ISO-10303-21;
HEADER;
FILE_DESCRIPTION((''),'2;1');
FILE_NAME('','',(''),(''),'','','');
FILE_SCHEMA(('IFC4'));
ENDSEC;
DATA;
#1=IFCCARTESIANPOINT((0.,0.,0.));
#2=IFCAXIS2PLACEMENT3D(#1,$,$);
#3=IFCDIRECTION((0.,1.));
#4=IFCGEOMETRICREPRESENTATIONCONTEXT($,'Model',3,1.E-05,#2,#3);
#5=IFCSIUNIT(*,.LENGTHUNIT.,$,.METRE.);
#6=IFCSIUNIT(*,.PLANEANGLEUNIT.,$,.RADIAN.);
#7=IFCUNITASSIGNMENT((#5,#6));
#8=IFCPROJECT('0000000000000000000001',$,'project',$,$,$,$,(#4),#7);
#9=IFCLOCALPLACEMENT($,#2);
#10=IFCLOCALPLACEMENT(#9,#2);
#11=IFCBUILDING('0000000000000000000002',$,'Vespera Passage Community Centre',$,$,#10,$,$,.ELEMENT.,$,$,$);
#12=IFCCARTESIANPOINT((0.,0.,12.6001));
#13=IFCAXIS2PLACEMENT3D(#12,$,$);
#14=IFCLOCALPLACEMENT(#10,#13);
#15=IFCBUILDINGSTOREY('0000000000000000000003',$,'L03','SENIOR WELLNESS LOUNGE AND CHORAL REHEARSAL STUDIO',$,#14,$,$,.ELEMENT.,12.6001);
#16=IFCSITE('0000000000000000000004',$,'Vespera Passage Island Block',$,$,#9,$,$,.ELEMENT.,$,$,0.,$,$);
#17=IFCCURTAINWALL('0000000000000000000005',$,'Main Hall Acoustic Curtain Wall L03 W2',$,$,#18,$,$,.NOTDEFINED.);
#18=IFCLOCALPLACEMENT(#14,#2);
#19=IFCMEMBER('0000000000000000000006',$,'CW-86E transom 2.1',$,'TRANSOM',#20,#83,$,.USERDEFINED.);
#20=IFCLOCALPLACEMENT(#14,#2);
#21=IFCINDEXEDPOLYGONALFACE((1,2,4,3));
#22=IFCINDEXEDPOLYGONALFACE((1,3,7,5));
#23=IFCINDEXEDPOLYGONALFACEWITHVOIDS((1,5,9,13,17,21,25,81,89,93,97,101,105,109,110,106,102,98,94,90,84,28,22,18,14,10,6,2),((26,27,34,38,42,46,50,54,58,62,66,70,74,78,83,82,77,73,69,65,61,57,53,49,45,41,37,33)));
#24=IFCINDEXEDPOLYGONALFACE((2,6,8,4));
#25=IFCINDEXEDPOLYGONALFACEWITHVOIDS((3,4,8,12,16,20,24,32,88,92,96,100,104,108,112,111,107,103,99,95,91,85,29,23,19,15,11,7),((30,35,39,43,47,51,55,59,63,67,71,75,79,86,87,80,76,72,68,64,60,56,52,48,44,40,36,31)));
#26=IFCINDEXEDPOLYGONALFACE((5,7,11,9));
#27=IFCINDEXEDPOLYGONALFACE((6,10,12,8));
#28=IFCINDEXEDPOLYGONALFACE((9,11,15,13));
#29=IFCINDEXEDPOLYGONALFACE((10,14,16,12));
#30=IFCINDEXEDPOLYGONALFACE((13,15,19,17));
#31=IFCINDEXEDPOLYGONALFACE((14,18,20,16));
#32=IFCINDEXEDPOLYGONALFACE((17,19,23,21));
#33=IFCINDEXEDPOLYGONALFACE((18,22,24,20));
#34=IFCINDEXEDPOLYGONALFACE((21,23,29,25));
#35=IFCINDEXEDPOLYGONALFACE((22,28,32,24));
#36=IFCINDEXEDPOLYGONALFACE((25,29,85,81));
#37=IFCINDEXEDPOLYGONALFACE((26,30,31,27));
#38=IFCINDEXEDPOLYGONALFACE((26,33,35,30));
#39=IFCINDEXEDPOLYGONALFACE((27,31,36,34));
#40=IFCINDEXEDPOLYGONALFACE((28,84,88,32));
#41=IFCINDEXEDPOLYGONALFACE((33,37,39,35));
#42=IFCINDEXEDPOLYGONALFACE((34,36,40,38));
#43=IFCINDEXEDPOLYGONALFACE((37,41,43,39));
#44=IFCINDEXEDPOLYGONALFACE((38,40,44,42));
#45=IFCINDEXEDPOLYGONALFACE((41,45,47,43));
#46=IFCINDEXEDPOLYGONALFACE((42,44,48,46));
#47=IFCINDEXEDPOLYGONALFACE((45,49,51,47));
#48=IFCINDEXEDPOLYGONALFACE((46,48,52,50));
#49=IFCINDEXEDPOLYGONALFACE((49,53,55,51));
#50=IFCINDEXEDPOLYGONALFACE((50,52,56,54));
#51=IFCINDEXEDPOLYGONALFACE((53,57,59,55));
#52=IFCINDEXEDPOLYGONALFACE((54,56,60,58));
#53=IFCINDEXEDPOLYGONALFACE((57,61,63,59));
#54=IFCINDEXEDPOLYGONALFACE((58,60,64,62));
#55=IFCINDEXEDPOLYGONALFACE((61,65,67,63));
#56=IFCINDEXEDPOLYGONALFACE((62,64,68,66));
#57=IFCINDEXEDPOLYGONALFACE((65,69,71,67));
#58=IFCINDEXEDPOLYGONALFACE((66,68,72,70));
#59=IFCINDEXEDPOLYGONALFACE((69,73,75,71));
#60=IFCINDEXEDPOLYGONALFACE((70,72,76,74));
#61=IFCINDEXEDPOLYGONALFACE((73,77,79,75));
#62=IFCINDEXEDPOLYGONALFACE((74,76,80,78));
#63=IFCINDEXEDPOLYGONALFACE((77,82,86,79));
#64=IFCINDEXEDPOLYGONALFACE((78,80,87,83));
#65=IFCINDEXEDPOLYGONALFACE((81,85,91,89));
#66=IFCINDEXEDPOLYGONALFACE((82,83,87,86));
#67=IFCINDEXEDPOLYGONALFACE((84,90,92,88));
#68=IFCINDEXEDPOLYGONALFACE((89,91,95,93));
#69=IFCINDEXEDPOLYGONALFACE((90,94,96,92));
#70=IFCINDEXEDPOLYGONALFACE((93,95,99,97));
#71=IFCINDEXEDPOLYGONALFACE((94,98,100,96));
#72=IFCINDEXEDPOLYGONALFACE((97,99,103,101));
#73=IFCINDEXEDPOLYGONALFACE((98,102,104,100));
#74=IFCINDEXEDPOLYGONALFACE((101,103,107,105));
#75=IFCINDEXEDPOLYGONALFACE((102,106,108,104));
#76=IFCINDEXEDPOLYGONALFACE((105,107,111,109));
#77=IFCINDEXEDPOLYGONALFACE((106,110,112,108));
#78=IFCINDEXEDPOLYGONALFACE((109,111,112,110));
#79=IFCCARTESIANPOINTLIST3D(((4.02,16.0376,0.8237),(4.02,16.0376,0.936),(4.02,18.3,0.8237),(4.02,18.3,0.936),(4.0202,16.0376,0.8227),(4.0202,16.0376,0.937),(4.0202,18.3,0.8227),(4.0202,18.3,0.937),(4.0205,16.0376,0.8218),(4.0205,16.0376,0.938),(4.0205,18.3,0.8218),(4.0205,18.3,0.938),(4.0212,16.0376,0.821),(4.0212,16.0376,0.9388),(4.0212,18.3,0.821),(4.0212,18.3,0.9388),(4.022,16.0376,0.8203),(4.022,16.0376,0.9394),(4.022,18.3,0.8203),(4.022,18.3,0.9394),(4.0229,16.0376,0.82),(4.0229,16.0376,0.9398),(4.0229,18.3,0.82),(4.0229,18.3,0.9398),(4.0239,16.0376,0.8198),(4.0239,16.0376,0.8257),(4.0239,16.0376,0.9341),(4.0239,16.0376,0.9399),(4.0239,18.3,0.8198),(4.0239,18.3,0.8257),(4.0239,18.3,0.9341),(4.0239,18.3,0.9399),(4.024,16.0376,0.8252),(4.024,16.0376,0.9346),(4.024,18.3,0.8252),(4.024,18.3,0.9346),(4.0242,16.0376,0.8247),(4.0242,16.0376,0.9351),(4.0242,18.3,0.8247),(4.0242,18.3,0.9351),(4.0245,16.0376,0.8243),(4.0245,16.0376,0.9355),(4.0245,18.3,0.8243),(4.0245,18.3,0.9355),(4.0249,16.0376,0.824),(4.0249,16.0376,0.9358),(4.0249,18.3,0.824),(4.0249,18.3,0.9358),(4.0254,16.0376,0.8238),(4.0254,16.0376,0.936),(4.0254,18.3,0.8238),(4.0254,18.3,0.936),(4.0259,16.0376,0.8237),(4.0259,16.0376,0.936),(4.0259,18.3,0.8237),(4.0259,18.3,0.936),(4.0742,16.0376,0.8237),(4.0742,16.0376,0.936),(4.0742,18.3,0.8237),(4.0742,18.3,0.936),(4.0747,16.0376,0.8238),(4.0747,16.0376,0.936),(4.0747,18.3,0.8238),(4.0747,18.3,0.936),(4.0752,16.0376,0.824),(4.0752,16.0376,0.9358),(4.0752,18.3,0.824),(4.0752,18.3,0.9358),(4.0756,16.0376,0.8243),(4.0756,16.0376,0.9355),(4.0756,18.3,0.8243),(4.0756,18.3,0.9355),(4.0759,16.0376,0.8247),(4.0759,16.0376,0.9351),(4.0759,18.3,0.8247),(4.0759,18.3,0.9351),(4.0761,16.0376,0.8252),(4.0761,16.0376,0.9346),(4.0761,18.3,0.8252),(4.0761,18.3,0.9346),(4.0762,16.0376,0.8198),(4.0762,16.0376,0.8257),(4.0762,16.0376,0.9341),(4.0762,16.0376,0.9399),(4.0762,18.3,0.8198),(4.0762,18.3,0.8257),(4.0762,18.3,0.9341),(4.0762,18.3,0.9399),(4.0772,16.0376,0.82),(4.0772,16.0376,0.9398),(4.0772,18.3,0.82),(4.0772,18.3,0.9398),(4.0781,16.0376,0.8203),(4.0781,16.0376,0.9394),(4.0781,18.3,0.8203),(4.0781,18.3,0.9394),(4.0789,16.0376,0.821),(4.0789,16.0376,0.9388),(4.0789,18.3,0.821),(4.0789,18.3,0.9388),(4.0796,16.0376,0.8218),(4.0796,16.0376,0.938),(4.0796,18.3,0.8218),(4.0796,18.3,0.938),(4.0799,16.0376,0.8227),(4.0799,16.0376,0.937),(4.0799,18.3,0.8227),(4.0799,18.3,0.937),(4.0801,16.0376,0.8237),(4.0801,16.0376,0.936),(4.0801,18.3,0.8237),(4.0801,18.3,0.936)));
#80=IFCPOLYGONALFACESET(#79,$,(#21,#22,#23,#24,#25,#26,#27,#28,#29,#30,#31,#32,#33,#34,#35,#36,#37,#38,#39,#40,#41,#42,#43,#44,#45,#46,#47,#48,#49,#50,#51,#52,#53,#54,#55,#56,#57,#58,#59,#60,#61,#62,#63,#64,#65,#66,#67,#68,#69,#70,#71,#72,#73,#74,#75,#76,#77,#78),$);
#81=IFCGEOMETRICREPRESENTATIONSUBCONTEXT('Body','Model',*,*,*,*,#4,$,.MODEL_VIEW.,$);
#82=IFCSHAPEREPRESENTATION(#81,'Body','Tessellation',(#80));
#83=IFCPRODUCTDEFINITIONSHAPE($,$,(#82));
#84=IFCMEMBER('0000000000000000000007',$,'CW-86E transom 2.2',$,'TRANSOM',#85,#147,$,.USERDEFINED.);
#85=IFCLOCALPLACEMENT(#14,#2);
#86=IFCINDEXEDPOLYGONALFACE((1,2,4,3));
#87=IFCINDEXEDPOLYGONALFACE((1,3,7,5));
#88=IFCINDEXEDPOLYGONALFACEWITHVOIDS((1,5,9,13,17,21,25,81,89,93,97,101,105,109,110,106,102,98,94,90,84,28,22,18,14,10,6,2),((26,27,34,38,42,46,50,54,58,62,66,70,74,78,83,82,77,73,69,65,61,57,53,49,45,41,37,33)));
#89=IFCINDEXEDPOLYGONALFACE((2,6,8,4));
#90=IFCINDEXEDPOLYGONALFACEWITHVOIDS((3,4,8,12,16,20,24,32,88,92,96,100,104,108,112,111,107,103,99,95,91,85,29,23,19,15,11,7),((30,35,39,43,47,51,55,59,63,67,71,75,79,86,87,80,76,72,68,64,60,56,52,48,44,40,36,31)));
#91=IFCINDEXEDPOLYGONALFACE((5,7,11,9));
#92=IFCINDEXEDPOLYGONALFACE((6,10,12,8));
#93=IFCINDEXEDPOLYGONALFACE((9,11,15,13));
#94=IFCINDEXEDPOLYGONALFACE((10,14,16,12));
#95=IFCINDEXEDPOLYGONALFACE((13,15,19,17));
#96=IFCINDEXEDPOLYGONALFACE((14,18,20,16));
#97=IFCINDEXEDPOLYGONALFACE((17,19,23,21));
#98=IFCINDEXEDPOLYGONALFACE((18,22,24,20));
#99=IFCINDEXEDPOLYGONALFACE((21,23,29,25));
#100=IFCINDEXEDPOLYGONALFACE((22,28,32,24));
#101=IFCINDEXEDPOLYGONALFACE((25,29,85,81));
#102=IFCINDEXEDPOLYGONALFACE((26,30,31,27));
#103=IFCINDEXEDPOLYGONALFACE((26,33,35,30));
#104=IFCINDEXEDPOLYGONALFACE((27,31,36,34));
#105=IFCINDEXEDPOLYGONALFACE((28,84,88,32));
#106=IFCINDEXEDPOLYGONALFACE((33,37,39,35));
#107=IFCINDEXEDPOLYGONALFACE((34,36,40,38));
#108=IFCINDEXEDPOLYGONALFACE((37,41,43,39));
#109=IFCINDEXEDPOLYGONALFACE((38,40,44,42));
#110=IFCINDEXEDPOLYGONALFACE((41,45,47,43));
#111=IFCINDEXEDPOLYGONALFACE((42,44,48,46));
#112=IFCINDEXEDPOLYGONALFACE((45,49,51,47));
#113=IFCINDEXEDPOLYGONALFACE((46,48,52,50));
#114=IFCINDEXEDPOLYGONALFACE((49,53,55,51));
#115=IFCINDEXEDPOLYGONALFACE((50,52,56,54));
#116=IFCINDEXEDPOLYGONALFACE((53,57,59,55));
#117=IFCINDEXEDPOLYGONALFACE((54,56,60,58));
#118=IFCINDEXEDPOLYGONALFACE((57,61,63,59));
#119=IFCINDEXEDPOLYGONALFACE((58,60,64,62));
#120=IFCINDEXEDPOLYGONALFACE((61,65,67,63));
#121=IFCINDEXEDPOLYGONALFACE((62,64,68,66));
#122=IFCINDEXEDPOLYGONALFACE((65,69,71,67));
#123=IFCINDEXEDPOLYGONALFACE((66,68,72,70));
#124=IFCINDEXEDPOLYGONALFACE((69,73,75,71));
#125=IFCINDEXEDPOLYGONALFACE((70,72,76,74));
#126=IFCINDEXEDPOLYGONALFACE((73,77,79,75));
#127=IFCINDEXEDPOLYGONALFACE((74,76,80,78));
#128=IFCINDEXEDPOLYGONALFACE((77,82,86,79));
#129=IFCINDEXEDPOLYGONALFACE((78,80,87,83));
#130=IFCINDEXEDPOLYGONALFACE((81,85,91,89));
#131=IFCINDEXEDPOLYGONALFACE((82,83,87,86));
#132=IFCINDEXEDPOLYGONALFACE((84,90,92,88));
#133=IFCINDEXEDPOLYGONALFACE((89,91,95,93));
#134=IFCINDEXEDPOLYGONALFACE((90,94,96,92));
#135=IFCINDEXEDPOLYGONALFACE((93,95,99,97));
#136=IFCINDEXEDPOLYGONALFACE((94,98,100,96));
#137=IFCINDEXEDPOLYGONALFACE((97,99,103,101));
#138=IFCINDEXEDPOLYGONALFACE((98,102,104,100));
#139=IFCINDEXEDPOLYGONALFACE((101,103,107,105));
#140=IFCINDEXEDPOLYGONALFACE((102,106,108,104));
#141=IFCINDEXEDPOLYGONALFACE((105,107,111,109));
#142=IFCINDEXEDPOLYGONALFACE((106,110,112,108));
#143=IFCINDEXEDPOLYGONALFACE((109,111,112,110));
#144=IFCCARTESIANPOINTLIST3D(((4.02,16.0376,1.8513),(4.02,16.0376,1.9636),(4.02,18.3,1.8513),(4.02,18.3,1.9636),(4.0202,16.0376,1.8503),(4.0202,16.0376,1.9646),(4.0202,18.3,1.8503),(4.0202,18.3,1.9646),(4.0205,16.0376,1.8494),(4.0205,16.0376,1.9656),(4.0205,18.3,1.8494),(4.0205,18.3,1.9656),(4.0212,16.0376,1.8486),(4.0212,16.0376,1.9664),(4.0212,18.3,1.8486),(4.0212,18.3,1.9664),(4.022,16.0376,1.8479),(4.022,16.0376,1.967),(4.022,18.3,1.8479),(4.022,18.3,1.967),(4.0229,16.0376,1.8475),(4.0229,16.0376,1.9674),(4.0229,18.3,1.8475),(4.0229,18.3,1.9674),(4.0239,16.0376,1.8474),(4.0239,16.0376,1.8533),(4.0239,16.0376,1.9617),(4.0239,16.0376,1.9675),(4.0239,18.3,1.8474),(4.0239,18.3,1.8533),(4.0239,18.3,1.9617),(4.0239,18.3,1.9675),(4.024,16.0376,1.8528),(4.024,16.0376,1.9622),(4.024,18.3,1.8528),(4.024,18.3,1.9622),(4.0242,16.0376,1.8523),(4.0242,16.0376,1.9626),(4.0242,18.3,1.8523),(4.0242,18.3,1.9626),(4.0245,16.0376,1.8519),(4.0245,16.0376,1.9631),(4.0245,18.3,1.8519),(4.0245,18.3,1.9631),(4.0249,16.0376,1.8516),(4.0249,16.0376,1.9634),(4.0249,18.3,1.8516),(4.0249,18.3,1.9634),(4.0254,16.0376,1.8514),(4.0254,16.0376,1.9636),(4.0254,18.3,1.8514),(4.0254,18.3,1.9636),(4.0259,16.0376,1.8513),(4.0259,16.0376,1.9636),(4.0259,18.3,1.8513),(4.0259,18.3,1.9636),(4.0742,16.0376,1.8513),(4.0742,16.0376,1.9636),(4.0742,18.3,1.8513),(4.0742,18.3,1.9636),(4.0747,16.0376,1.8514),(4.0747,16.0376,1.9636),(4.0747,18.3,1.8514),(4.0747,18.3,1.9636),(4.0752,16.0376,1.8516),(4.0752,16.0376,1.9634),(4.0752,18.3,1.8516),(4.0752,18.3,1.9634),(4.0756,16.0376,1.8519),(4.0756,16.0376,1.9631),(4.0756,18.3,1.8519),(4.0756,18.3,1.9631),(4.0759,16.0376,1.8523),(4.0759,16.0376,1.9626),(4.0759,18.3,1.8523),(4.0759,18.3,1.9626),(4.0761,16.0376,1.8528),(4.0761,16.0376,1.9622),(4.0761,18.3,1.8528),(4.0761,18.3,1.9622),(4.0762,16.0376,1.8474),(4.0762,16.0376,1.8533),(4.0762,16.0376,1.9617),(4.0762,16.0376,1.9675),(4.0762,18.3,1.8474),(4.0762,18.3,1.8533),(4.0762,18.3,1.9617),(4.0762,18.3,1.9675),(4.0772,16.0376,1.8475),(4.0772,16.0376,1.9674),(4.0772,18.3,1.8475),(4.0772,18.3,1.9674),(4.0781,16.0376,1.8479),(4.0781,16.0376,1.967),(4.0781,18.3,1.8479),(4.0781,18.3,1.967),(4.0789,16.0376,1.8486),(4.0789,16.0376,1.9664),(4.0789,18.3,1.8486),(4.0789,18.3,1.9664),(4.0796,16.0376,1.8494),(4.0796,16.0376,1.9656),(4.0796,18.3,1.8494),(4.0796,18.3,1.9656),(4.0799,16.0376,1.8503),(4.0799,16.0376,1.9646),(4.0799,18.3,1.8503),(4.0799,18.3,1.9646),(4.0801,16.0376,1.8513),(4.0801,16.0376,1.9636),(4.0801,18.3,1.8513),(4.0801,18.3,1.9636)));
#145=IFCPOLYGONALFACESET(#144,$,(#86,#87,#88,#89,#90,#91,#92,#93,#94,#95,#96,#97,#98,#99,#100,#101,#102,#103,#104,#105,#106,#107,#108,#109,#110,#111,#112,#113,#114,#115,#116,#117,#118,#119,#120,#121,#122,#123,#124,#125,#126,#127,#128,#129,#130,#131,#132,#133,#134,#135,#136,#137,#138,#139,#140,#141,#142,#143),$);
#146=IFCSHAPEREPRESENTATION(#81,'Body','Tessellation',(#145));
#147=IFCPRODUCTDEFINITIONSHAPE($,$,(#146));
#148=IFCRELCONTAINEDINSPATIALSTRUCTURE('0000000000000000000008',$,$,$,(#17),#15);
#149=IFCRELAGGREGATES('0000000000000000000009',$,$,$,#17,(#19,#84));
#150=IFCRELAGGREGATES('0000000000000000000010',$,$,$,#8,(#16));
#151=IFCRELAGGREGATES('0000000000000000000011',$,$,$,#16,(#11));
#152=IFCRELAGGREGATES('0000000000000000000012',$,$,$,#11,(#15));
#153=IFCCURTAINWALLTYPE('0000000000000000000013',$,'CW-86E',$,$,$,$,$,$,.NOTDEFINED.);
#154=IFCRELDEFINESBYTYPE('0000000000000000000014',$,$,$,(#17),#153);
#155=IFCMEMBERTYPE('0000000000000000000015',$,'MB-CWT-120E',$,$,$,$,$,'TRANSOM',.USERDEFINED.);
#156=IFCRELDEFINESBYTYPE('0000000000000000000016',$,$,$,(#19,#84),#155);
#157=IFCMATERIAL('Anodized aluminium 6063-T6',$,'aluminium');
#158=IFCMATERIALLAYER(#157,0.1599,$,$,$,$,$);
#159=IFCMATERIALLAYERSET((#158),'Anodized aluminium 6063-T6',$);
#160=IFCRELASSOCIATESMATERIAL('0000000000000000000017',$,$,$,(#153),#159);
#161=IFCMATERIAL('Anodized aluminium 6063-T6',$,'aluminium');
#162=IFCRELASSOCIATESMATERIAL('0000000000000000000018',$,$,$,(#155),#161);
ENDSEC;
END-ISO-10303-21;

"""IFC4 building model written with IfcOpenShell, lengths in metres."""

from ifc_helpers import new_model, si_unit, direction, frame, origin, origin_2d, place, context, subcontext, project, spatial, hollow_rectangle, extrude, material, layer, layer_set, material_profile, profile_set, type_object, element, aggregate, save


model = new_model("IFC4")

# Units and contexts
model_context = context("Model", 3, precision=1e-05, world=origin(), true_north=direction((0.0, 1.0)))
body_context = subcontext(model_context, "Body", "Model", "MODEL_VIEW")
ifc_project = project(units=[si_unit("LENGTHUNIT", "METRE"), si_unit("PLANEANGLEUNIT", "RADIAN")], contexts=[model_context])

# Site, building, storey
site_placement = place(None, origin())
site = spatial("IfcSite", under=ifc_project, at=site_placement, Name="Vespera Passage Island Block", CompositionType="ELEMENT", RefElevation=0.0)
building_placement = place(site_placement, origin())
building = spatial("IfcBuilding", under=site, at=building_placement, Name="Vespera Passage Community Centre", CompositionType="ELEMENT")
storey_placement = place(building_placement, frame((0.0, 0.0, 12.6001)))
storey = spatial("IfcBuildingStorey", under=building, at=storey_placement, Name="L03", Description="SENIOR WELLNESS LOUNGE AND CHORAL REHEARSAL STUDIO", CompositionType="ELEMENT", Elevation=12.6001)

# Curtain wall, members
ifc_material_1 = material(Name="Anodized aluminium 6063-T6", Category="aluminium")
ifc_layer_1 = layer(ifc_material_1, 0.1599)
ifc_layer_set_1 = layer_set([ifc_layer_1], Name="Anodized aluminium 6063-T6")
curtain_wall_type_1 = type_object("IfcCurtainWallType", Name="CW-86E", PredefinedType="NOTDEFINED", material=ifc_layer_set_1)
curtain_wall_1_placement = place(storey_placement, origin())
curtain_wall_1 = element("IfcCurtainWall", 1, at=curtain_wall_1_placement, inside=storey, type_object=curtain_wall_type_1, Name="Main Hall Acoustic Curtain Wall L03 W2", PredefinedType="NOTDEFINED")
ifc_material_2 = material(Name="Anodized aluminium 6063-T6", Category="aluminium")
ifc_material_profile_1 = material_profile(ifc_material_2, hollow_rectangle(XDim=0.0601, YDim=0.1201, WallThickness=0.0039, InnerFilletRadius=0.002, OuterFilletRadius=0.0039, at=origin_2d()), Name="ALU120X60X4")
ifc_profile_set_1 = profile_set([ifc_material_profile_1], Name="Anodized aluminium 6063-T6")
member_type_1 = type_object("IfcMemberType", Name="MB-CWT-120E", ElementType="TRANSOM", PredefinedType="USERDEFINED", material=ifc_profile_set_1)
member_1_placement = place(storey_placement, frame((4.05, 16.0376, 0.8799), z_axis=(0.0, 1.0, 0.0), x_axis=(-1.0, 0.0, 0.0)))
member_1 = element("IfcMember", 2, at=member_1_placement, type_object=member_type_1, Name="CW-86E transom 2.1", ObjectType="TRANSOM", PredefinedType="USERDEFINED", context=body_context, shape_type="SweptSolid", body=[
    extrude(hollow_rectangle(XDim=0.0601, YDim=0.1201, WallThickness=0.0039, InnerFilletRadius=0.002, OuterFilletRadius=0.0039, at=origin_2d()), origin(), (0.0, 0.0, 1.0), 2.2625),
])
member_2_placement = place(storey_placement, frame((4.05, 16.0376, 1.9075), z_axis=(0.0, 1.0, 0.0), x_axis=(-1.0, 0.0, 0.0)))
member_2 = element("IfcMember", 3, at=member_2_placement, type_object=member_type_1, Name="CW-86E transom 2.2", ObjectType="TRANSOM", PredefinedType="USERDEFINED", context=body_context, shape_type="SweptSolid", body=[
    extrude(hollow_rectangle(XDim=0.0601, YDim=0.1201, WallThickness=0.0039, InnerFilletRadius=0.002, OuterFilletRadius=0.0039, at=origin_2d()), origin(), (0.0, 0.0, 1.0), 2.2625),
])
aggregate(curtain_wall_1, [member_1, member_2])

save(model, "model.ifc")
